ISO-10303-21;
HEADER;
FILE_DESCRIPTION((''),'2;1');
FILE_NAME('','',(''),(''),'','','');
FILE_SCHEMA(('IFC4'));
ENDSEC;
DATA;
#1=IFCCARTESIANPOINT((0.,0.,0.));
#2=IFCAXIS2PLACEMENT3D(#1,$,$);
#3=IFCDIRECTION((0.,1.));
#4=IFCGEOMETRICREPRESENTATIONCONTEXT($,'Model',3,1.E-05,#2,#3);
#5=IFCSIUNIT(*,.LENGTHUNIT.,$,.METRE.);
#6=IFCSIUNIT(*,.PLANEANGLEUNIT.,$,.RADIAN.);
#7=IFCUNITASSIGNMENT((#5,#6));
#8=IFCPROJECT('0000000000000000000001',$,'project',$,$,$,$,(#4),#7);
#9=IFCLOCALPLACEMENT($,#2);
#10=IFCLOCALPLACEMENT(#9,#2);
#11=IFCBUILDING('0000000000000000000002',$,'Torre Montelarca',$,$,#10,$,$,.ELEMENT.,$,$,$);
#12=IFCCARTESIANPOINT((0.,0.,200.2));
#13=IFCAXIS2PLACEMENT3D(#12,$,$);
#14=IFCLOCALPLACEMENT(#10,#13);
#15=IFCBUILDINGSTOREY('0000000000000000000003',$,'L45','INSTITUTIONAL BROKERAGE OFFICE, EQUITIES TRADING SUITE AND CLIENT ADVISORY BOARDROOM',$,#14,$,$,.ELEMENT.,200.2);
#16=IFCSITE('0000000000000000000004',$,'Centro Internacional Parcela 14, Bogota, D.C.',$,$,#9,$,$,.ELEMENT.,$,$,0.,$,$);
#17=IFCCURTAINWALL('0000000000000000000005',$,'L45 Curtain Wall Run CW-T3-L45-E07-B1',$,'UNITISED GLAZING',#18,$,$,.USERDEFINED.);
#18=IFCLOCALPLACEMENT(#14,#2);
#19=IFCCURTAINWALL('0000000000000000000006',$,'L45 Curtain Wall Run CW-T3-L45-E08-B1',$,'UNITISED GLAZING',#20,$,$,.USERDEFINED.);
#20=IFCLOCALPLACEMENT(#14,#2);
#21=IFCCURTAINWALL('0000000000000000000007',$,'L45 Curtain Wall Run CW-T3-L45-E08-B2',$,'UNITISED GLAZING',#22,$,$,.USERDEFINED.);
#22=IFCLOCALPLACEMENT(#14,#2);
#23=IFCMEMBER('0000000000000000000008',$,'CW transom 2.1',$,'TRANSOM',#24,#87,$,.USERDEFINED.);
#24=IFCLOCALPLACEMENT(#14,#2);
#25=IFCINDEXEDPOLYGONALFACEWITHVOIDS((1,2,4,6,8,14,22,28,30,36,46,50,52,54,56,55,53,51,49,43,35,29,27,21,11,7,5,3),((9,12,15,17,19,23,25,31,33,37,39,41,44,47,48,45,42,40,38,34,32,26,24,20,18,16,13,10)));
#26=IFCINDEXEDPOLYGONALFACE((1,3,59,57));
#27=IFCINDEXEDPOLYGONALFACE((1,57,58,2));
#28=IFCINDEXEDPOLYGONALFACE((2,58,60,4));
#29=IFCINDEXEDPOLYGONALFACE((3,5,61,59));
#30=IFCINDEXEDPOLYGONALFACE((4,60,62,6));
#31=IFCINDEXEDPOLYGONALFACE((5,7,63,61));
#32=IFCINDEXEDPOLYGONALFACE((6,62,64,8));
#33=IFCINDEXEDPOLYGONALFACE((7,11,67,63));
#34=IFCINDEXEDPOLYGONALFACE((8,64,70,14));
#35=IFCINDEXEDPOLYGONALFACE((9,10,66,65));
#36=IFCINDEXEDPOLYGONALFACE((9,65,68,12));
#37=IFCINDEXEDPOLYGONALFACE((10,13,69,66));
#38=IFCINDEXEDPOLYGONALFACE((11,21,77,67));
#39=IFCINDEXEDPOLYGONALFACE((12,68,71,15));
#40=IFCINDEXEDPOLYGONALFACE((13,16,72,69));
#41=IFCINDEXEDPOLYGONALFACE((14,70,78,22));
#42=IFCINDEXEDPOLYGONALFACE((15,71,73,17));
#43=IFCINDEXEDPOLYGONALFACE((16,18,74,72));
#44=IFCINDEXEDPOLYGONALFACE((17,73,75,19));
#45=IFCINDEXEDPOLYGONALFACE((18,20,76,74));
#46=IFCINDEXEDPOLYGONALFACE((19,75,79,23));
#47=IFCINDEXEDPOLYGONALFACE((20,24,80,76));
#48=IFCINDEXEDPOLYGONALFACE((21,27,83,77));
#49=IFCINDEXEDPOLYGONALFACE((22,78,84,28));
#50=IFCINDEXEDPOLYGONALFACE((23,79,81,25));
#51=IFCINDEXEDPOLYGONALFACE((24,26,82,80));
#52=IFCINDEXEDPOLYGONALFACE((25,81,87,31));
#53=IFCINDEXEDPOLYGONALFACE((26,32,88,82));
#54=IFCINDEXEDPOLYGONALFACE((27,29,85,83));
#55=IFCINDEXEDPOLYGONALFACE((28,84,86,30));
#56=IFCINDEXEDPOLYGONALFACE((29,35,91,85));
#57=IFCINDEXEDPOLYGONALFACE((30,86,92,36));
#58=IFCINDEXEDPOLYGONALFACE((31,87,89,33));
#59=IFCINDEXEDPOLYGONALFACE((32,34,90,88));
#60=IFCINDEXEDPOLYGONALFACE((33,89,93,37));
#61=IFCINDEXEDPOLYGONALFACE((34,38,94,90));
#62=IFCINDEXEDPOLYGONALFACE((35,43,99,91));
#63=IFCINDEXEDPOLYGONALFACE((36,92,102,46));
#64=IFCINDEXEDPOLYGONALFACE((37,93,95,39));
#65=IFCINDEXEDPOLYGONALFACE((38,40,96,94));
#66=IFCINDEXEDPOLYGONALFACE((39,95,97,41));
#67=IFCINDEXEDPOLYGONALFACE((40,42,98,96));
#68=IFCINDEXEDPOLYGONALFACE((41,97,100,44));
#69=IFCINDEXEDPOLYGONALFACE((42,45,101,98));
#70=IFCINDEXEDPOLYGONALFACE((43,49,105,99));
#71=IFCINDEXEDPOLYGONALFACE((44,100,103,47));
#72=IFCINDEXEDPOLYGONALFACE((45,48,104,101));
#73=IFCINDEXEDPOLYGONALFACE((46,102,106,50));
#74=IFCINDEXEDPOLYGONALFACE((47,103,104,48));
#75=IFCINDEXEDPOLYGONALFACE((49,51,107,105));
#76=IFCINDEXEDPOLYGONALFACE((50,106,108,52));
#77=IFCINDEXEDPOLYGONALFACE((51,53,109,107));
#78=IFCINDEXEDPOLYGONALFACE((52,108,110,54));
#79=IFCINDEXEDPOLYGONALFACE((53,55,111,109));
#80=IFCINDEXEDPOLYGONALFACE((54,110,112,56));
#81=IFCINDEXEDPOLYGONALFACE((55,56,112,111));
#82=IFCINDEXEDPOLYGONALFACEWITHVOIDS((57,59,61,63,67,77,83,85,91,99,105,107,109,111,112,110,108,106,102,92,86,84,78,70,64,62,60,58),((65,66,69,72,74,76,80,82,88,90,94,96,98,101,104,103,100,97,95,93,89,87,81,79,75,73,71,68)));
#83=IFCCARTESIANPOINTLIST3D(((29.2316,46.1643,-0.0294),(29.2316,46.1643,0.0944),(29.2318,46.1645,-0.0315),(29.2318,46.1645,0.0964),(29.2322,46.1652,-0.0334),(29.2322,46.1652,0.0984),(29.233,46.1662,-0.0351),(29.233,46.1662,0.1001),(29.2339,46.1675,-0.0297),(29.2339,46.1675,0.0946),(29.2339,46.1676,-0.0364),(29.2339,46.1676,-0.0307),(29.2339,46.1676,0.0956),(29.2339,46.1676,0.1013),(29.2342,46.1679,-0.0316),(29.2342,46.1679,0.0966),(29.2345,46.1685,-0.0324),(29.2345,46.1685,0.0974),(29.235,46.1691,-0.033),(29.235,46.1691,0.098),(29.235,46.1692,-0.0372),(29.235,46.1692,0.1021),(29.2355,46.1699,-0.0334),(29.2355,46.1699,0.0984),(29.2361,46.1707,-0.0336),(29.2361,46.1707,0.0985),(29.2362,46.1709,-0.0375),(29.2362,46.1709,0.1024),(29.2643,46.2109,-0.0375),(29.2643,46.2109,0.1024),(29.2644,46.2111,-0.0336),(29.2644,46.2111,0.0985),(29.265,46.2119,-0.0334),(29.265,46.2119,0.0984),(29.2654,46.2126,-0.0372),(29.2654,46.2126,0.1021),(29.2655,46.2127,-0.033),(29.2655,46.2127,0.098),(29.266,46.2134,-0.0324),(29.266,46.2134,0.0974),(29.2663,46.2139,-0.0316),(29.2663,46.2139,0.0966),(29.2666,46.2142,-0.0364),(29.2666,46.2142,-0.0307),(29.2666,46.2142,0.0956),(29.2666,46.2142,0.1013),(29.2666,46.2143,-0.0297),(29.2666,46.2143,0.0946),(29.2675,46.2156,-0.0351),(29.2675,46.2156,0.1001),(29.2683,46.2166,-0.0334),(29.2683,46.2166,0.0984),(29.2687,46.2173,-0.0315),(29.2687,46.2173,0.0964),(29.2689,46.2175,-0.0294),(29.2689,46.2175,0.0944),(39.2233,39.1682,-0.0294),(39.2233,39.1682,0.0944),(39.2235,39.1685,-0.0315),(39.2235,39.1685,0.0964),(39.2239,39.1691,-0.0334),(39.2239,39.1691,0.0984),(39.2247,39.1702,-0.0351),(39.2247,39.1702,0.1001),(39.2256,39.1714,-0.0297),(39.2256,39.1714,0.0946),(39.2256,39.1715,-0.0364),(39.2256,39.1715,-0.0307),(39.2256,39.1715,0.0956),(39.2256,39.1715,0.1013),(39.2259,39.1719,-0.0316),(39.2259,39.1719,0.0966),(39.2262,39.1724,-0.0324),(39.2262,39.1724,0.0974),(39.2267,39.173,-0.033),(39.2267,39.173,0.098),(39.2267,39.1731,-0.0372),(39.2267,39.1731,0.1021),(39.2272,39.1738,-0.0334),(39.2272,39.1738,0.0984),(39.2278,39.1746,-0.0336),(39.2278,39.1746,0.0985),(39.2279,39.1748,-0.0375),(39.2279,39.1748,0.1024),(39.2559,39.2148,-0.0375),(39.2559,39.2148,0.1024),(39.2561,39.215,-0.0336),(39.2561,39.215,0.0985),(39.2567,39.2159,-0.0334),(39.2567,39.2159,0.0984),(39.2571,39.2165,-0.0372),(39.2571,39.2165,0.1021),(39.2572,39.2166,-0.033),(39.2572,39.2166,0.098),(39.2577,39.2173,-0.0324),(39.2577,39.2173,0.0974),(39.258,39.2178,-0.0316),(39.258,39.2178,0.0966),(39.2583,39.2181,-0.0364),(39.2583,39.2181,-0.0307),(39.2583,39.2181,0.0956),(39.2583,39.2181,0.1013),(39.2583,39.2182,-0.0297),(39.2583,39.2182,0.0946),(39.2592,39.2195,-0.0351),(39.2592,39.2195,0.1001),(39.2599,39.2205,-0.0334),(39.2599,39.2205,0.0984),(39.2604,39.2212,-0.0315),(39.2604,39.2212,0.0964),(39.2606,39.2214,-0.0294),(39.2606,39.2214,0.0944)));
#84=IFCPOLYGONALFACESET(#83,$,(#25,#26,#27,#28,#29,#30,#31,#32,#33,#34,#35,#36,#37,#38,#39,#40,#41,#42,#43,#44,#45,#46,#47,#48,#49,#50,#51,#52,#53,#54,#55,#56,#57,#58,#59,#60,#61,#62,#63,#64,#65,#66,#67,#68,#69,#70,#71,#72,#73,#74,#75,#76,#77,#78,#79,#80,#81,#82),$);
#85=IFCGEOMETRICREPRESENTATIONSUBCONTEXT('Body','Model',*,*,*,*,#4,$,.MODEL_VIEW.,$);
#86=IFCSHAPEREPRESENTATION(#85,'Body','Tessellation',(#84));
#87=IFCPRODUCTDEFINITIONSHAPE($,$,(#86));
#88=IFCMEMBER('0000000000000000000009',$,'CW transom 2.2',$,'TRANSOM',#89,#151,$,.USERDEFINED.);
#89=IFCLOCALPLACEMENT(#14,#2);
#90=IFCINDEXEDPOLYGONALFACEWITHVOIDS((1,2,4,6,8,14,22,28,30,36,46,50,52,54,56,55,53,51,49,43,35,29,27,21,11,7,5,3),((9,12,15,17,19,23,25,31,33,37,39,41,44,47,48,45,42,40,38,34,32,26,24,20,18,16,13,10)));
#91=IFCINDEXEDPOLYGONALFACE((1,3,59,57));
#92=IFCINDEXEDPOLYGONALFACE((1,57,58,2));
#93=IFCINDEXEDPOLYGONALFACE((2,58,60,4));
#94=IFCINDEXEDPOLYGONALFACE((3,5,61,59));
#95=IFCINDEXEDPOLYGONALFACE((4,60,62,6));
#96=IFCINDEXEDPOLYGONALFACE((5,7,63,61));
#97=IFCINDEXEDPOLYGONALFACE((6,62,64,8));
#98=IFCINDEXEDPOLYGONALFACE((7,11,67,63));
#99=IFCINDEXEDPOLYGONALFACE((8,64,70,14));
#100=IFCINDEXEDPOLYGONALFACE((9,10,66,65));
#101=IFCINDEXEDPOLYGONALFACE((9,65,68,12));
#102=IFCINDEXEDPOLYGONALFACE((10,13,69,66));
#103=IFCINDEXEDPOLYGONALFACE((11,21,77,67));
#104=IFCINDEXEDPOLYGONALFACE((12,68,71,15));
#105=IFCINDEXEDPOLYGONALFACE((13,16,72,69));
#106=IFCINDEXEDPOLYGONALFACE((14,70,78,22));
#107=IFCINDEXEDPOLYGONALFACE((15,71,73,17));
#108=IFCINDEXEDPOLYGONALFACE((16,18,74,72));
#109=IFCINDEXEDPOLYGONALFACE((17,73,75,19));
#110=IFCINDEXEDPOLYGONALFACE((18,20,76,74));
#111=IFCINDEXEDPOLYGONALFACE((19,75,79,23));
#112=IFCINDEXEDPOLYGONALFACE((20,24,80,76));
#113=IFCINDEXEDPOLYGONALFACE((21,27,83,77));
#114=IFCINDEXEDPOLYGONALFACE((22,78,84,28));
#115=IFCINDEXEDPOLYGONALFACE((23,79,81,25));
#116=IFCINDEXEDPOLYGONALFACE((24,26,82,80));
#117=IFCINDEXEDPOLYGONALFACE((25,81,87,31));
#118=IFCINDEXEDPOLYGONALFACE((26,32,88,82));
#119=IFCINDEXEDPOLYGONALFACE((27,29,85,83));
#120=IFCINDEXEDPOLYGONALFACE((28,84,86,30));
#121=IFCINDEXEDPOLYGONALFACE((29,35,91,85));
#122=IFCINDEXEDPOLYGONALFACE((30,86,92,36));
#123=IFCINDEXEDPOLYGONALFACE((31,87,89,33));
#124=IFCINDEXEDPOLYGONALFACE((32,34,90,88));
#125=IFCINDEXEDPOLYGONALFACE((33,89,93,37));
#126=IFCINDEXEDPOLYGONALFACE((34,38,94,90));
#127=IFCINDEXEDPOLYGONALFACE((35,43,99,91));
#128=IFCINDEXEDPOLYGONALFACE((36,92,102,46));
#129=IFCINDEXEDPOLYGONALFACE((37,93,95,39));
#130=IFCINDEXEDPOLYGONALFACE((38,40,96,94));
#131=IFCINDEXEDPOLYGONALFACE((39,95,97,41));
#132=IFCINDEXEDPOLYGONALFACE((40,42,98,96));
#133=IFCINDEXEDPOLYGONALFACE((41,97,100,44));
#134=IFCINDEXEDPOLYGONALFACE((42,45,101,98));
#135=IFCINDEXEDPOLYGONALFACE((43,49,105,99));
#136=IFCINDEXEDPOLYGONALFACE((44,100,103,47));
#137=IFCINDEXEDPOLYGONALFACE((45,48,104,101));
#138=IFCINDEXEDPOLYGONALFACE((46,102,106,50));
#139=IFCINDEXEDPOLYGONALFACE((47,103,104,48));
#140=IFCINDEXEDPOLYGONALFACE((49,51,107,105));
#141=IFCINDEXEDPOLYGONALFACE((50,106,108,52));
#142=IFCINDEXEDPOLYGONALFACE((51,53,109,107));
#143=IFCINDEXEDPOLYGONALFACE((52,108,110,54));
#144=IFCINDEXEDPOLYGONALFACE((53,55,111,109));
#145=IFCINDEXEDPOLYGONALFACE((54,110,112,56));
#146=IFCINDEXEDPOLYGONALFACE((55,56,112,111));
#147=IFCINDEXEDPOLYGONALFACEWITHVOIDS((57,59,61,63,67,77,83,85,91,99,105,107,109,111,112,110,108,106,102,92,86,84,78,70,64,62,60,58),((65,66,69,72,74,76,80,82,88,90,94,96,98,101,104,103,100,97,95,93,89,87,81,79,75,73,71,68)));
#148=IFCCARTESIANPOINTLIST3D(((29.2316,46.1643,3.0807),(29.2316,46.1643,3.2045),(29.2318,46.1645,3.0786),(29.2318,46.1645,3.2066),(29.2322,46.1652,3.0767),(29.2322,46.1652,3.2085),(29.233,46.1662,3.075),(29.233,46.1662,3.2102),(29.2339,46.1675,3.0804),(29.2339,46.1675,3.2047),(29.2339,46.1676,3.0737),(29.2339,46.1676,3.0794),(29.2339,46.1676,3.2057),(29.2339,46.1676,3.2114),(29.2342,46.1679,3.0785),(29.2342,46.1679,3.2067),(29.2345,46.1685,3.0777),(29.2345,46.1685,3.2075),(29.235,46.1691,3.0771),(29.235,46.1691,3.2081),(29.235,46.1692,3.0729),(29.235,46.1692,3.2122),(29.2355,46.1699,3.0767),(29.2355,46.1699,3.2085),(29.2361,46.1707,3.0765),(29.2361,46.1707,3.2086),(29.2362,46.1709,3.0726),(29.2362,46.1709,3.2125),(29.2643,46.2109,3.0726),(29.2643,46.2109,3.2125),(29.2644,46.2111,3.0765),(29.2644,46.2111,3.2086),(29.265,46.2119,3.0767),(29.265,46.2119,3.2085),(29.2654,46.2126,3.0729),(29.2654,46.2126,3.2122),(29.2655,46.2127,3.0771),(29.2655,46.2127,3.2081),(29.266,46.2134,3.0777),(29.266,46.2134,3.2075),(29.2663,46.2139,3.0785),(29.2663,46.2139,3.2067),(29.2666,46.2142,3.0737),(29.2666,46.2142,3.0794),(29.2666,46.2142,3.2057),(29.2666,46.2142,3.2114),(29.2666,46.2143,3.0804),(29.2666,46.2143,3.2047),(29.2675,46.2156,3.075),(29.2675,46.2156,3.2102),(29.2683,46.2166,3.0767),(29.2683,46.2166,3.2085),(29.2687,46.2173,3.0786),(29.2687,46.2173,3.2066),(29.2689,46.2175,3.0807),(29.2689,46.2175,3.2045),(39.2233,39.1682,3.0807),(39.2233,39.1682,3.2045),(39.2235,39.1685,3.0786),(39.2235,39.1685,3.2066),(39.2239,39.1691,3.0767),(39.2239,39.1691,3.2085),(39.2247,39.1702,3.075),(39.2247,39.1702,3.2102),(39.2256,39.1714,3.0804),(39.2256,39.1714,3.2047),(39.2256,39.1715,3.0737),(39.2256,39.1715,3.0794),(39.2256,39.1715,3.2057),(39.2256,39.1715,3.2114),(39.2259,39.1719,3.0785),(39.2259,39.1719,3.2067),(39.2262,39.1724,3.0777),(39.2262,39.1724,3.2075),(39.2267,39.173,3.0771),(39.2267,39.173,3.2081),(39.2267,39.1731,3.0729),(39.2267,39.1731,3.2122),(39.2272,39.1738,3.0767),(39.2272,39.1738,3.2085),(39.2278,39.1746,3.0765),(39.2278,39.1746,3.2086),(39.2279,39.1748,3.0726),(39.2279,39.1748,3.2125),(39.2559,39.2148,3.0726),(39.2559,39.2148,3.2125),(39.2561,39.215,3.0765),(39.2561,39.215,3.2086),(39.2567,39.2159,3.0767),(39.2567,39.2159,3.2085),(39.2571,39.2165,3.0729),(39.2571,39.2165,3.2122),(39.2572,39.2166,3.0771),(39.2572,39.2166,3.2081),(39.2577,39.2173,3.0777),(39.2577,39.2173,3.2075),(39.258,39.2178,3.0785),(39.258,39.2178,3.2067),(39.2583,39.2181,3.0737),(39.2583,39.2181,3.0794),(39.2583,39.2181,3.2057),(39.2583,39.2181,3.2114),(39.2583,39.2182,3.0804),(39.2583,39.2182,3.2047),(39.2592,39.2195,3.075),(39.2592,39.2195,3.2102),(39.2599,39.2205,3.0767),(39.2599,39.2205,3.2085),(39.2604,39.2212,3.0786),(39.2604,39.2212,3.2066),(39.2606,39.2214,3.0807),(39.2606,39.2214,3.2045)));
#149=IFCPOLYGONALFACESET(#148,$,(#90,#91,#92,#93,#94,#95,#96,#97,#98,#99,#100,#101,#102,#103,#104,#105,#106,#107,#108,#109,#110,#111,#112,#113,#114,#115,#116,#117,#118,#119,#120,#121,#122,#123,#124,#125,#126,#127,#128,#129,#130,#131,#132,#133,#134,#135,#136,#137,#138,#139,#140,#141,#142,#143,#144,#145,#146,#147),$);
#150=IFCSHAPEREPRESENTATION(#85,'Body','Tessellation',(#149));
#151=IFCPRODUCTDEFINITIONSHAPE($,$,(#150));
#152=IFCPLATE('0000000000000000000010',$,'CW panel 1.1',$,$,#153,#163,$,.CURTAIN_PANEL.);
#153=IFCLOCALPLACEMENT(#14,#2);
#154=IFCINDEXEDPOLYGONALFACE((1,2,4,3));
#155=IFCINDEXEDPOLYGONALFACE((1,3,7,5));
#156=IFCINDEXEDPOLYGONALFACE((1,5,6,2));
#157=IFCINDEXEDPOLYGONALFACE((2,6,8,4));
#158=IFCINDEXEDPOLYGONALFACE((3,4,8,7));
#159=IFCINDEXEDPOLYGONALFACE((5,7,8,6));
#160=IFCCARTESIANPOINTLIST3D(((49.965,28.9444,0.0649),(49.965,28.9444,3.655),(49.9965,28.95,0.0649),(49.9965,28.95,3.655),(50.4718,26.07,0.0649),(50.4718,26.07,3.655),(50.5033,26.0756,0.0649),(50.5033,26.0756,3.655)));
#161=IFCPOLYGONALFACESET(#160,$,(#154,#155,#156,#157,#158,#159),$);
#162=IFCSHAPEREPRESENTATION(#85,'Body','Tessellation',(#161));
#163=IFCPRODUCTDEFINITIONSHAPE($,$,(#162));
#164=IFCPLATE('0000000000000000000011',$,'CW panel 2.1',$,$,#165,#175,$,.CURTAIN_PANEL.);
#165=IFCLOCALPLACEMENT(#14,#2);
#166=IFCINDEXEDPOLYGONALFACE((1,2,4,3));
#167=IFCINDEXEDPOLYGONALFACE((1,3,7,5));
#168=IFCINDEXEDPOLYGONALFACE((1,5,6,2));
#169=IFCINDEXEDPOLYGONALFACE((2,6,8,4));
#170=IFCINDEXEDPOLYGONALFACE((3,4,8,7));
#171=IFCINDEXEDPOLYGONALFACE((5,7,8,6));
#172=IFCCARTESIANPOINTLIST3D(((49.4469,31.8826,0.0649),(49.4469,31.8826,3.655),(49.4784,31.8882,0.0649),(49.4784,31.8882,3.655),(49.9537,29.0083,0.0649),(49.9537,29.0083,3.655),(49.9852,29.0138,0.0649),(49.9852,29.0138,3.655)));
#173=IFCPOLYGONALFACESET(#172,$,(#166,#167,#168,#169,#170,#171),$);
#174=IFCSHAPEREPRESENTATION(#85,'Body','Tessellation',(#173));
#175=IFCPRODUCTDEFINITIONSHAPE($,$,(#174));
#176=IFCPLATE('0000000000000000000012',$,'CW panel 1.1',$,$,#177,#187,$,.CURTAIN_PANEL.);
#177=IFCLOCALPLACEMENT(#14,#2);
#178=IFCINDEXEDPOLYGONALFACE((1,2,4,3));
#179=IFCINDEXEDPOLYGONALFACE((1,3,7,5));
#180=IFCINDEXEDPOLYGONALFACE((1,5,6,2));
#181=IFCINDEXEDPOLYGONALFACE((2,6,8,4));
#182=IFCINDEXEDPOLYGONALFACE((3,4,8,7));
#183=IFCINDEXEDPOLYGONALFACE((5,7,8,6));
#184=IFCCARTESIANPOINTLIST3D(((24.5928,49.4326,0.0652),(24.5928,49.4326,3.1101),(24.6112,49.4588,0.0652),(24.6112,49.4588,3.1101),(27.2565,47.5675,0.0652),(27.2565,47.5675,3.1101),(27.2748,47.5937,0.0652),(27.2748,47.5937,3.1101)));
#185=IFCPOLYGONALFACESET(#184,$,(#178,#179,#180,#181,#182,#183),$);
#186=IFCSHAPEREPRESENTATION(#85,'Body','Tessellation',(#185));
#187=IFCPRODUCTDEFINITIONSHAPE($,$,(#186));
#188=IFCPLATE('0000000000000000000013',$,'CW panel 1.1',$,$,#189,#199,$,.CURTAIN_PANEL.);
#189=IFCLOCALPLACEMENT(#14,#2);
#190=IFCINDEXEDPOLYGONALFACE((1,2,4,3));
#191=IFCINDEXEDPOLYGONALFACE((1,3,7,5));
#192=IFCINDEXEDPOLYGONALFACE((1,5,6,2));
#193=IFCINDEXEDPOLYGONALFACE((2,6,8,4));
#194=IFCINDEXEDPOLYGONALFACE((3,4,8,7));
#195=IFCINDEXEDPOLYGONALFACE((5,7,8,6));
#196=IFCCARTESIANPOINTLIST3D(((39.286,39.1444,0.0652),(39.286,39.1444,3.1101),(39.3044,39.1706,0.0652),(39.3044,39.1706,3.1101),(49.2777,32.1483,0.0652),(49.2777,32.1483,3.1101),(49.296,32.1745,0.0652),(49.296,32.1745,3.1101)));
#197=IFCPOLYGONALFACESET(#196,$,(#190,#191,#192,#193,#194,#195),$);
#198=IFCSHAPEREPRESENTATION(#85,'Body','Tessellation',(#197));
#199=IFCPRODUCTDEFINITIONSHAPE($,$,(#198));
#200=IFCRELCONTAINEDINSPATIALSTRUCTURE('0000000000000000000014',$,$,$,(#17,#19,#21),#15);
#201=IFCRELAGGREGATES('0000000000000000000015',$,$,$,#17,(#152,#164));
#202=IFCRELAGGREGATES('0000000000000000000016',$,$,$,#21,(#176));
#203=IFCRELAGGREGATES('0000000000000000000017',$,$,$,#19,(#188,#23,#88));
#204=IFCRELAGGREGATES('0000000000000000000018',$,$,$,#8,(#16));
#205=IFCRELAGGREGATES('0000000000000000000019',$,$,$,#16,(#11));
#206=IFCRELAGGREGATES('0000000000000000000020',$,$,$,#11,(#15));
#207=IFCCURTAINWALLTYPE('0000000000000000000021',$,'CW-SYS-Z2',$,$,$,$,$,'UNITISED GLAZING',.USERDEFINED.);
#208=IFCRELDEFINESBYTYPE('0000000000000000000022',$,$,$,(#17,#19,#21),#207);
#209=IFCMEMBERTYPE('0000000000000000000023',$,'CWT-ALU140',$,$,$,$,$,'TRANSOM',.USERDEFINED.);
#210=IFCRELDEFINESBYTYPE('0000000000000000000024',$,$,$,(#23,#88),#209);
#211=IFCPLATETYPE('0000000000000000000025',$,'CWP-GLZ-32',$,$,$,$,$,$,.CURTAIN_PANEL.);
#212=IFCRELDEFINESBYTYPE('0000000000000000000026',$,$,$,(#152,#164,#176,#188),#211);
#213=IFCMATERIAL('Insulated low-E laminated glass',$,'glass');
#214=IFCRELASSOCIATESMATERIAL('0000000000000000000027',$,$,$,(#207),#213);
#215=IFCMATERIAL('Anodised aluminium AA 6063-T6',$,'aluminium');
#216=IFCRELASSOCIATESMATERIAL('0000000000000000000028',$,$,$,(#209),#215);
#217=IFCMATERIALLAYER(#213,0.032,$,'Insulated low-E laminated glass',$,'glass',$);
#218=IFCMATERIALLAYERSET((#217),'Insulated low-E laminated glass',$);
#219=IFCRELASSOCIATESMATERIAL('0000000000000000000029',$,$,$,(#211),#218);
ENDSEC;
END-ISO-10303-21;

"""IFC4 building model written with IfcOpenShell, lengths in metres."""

from ifc_helpers import new_model, si_unit, direction, frame, origin, origin_2d, place, context, subcontext, project, spatial, rectangle, hollow_rectangle, extrude, source, transform, mapped, material, layer, layer_set, material_profile, profile_set, type_object, element, aggregate, save


model = new_model("IFC4")

# Units and contexts
model_context = context("Model", 3, precision=1e-05, world=origin(), true_north=direction((0.0, 1.0)))
body_context = subcontext(model_context, "Body", "Model", "MODEL_VIEW")
ifc_project = project(units=[si_unit("LENGTHUNIT", "METRE"), si_unit("PLANEANGLEUNIT", "RADIAN")], contexts=[model_context])

# Site, building, storey
site_placement = place(None, origin())
site = spatial("IfcSite", under=ifc_project, at=site_placement, Name="Centro Internacional Parcela 14, Bogota, D.C.", CompositionType="ELEMENT", RefElevation=0.0)
building_placement = place(site_placement, origin())
building = spatial("IfcBuilding", under=site, at=building_placement, Name="Torre Montelarca", CompositionType="ELEMENT")
storey_placement = place(building_placement, frame((0.0, 0.0, 200.2)))
storey = spatial("IfcBuildingStorey", under=building, at=storey_placement, Name="L45", Description="INSTITUTIONAL BROKERAGE OFFICE, EQUITIES TRADING SUITE AND CLIENT ADVISORY BOARDROOM", CompositionType="ELEMENT", Elevation=200.2)

# Curtain walls
ifc_material_1 = material(Name="Insulated low-E laminated glass", Category="glass")
curtain_wall_type = type_object("IfcCurtainWallType", Name="CW-SYS-Z2", ElementType="UNITISED GLAZING", PredefinedType="USERDEFINED", material=ifc_material_1)
curtain_wall_1_placement = place(storey_placement, origin())
curtain_wall_1 = element("IfcCurtainWall", 1, at=curtain_wall_1_placement, inside=storey, type_object=curtain_wall_type, Name="L45 Curtain Wall Run CW-T3-L45-E07-B1", ObjectType="UNITISED GLAZING", PredefinedType="USERDEFINED")
ifc_material_2 = material(Name="Anodised aluminium AA 6063-T6", Category="aluminium")
ifc_material_profile_1 = material_profile(ifc_material_2, hollow_rectangle(XDim=0.0649, YDim=0.1399, WallThickness=0.0039, InnerFilletRadius=0.0039, OuterFilletRadius=0.0081, at=origin_2d()), Name="ALU65X140X4", Category="aluminium")
ifc_profile_set_1 = profile_set([ifc_material_profile_1], Name="Anodised aluminium AA 6063-T6")
member_type_1 = type_object("IfcMemberType", Name="CWT-ALU140", ElementType="TRANSOM", PredefinedType="USERDEFINED", material=ifc_profile_set_1)
curtain_wall_2_placement = place(storey_placement, origin())
curtain_wall_2 = element("IfcCurtainWall", 2, at=curtain_wall_2_placement, inside=storey, type_object=curtain_wall_type, Name="L45 Curtain Wall Run CW-T3-L45-E08-B1", ObjectType="UNITISED GLAZING", PredefinedType="USERDEFINED")
curtain_wall_3_placement = place(storey_placement, origin())
curtain_wall_3 = element("IfcCurtainWall", 3, at=curtain_wall_3_placement, inside=storey, type_object=curtain_wall_type, Name="L45 Curtain Wall Run CW-T3-L45-E08-B2", ObjectType="UNITISED GLAZING", PredefinedType="USERDEFINED")

# Members
shared_shape_1 = source(origin(), body_context, "Body", "SweptSolid", [
    extrude(hollow_rectangle(XDim=0.0649, YDim=0.1399, WallThickness=0.0039, InnerFilletRadius=0.0039, OuterFilletRadius=0.0081, at=origin_2d()), origin(), (0.0, 0.0, 1.0), 12.1975),
])
member_1_placement = place(storey_placement, frame((39.2419, 39.1948, 0.0325), z_axis=(-0.819159, 0.573567, 0.0), x_axis=(-0.573567, -0.819159, 0.0)))
member_1 = element("IfcMember", 4, at=member_1_placement, type_object=member_type_1, Name="CW transom 2.1", ObjectType="TRANSOM", PredefinedType="USERDEFINED", context=body_context, shape_type="MappedRepresentation", body=[
    mapped(shared_shape_1, transform((0.0, 0.0, 0.0), scale=1.0)),
])
member_2_placement = place(storey_placement, frame((39.2419, 39.1948, 3.1426), z_axis=(-0.819159, 0.573567, 0.0), x_axis=(-0.573567, -0.819159, 0.0)))
member_2 = element("IfcMember", 5, at=member_2_placement, type_object=member_type_1, Name="CW transom 2.2", ObjectType="TRANSOM", PredefinedType="USERDEFINED", context=body_context, shape_type="MappedRepresentation", body=[
    mapped(shared_shape_1, transform((0.0, 0.0, 0.0), scale=1.0)),
])

# Plates
ifc_layer_1 = layer(ifc_material_1, 0.032, Name="Insulated low-E laminated glass", Category="glass")
ifc_layer_set_1 = layer_set([ifc_layer_1], Name="Insulated low-E laminated glass")
plate_type = type_object("IfcPlateType", Name="CWP-GLZ-32", PredefinedType="CURTAIN_PANEL", material=ifc_layer_set_1)
shared_shape_2 = source(origin(), body_context, "Body", "SweptSolid", [
    extrude(rectangle(XDim=2.9187, YDim=0.032, at=origin_2d()), origin(), (0.0, 0.0, 1.0), 3.5901),
])
plate_1_placement = place(storey_placement, frame((50.2341, 27.51, 0.0649), z_axis=(0.0, 0.0, 1.0), x_axis=(-0.173634, 0.98481, 0.0)))
plate_1 = element("IfcPlate", 6, at=plate_1_placement, type_object=plate_type, Name="CW panel 1.1", PredefinedType="CURTAIN_PANEL", context=body_context, shape_type="MappedRepresentation", body=[
    mapped(shared_shape_2, transform((0.0, 0.0, 0.0), scale=1.0)),
])
plate_2_placement = place(storey_placement, frame((49.7161, 30.4482, 0.0649), z_axis=(0.0, 0.0, 1.0), x_axis=(-0.173634, 0.98481, 0.0)))
plate_2 = element("IfcPlate", 7, at=plate_2_placement, type_object=plate_type, Name="CW panel 2.1", PredefinedType="CURTAIN_PANEL", context=body_context, shape_type="MappedRepresentation", body=[
    mapped(shared_shape_2, transform((0.0, 0.0, 0.0), scale=1.0)),
])
aggregate(curtain_wall_1, [plate_1, plate_2])
shared_shape_3 = source(origin(), body_context, "Body", "SweptSolid", [
    extrude(rectangle(XDim=3.2517, YDim=0.032, at=origin_2d()), origin(), (0.0, 0.0, 1.0), 3.0449),
])
plate_3_placement = place(storey_placement, frame((25.9338, 48.5132, 0.0652), z_axis=(0.0, 0.0, 1.0), x_axis=(-0.819151, 0.573579, 0.0)))
plate_3 = element("IfcPlate", 8, at=plate_3_placement, type_object=plate_type, Name="CW panel 1.1", PredefinedType="CURTAIN_PANEL", context=body_context, shape_type="MappedRepresentation", body=[
    mapped(shared_shape_3, transform((0.0, 0.0, 0.0), scale=1.0)),
])
aggregate(curtain_wall_3, [plate_3])
shared_shape_4 = source(origin(), body_context, "Body", "SweptSolid", [
    extrude(rectangle(XDim=12.1975, YDim=0.032, at=origin_2d()), origin(), (0.0, 0.0, 1.0), 3.0449),
])
plate_4_placement = place(storey_placement, frame((44.291, 35.6594, 0.0652), z_axis=(0.0, 0.0, 1.0), x_axis=(-0.819155, 0.573572, 0.0)))
plate_4 = element("IfcPlate", 9, at=plate_4_placement, type_object=plate_type, Name="CW panel 1.1", PredefinedType="CURTAIN_PANEL", context=body_context, shape_type="MappedRepresentation", body=[
    mapped(shared_shape_4, transform((0.0, 0.0, 0.0), scale=1.0)),
])
aggregate(curtain_wall_2, [plate_4, member_1, member_2])

save(model, "model.ifc")
